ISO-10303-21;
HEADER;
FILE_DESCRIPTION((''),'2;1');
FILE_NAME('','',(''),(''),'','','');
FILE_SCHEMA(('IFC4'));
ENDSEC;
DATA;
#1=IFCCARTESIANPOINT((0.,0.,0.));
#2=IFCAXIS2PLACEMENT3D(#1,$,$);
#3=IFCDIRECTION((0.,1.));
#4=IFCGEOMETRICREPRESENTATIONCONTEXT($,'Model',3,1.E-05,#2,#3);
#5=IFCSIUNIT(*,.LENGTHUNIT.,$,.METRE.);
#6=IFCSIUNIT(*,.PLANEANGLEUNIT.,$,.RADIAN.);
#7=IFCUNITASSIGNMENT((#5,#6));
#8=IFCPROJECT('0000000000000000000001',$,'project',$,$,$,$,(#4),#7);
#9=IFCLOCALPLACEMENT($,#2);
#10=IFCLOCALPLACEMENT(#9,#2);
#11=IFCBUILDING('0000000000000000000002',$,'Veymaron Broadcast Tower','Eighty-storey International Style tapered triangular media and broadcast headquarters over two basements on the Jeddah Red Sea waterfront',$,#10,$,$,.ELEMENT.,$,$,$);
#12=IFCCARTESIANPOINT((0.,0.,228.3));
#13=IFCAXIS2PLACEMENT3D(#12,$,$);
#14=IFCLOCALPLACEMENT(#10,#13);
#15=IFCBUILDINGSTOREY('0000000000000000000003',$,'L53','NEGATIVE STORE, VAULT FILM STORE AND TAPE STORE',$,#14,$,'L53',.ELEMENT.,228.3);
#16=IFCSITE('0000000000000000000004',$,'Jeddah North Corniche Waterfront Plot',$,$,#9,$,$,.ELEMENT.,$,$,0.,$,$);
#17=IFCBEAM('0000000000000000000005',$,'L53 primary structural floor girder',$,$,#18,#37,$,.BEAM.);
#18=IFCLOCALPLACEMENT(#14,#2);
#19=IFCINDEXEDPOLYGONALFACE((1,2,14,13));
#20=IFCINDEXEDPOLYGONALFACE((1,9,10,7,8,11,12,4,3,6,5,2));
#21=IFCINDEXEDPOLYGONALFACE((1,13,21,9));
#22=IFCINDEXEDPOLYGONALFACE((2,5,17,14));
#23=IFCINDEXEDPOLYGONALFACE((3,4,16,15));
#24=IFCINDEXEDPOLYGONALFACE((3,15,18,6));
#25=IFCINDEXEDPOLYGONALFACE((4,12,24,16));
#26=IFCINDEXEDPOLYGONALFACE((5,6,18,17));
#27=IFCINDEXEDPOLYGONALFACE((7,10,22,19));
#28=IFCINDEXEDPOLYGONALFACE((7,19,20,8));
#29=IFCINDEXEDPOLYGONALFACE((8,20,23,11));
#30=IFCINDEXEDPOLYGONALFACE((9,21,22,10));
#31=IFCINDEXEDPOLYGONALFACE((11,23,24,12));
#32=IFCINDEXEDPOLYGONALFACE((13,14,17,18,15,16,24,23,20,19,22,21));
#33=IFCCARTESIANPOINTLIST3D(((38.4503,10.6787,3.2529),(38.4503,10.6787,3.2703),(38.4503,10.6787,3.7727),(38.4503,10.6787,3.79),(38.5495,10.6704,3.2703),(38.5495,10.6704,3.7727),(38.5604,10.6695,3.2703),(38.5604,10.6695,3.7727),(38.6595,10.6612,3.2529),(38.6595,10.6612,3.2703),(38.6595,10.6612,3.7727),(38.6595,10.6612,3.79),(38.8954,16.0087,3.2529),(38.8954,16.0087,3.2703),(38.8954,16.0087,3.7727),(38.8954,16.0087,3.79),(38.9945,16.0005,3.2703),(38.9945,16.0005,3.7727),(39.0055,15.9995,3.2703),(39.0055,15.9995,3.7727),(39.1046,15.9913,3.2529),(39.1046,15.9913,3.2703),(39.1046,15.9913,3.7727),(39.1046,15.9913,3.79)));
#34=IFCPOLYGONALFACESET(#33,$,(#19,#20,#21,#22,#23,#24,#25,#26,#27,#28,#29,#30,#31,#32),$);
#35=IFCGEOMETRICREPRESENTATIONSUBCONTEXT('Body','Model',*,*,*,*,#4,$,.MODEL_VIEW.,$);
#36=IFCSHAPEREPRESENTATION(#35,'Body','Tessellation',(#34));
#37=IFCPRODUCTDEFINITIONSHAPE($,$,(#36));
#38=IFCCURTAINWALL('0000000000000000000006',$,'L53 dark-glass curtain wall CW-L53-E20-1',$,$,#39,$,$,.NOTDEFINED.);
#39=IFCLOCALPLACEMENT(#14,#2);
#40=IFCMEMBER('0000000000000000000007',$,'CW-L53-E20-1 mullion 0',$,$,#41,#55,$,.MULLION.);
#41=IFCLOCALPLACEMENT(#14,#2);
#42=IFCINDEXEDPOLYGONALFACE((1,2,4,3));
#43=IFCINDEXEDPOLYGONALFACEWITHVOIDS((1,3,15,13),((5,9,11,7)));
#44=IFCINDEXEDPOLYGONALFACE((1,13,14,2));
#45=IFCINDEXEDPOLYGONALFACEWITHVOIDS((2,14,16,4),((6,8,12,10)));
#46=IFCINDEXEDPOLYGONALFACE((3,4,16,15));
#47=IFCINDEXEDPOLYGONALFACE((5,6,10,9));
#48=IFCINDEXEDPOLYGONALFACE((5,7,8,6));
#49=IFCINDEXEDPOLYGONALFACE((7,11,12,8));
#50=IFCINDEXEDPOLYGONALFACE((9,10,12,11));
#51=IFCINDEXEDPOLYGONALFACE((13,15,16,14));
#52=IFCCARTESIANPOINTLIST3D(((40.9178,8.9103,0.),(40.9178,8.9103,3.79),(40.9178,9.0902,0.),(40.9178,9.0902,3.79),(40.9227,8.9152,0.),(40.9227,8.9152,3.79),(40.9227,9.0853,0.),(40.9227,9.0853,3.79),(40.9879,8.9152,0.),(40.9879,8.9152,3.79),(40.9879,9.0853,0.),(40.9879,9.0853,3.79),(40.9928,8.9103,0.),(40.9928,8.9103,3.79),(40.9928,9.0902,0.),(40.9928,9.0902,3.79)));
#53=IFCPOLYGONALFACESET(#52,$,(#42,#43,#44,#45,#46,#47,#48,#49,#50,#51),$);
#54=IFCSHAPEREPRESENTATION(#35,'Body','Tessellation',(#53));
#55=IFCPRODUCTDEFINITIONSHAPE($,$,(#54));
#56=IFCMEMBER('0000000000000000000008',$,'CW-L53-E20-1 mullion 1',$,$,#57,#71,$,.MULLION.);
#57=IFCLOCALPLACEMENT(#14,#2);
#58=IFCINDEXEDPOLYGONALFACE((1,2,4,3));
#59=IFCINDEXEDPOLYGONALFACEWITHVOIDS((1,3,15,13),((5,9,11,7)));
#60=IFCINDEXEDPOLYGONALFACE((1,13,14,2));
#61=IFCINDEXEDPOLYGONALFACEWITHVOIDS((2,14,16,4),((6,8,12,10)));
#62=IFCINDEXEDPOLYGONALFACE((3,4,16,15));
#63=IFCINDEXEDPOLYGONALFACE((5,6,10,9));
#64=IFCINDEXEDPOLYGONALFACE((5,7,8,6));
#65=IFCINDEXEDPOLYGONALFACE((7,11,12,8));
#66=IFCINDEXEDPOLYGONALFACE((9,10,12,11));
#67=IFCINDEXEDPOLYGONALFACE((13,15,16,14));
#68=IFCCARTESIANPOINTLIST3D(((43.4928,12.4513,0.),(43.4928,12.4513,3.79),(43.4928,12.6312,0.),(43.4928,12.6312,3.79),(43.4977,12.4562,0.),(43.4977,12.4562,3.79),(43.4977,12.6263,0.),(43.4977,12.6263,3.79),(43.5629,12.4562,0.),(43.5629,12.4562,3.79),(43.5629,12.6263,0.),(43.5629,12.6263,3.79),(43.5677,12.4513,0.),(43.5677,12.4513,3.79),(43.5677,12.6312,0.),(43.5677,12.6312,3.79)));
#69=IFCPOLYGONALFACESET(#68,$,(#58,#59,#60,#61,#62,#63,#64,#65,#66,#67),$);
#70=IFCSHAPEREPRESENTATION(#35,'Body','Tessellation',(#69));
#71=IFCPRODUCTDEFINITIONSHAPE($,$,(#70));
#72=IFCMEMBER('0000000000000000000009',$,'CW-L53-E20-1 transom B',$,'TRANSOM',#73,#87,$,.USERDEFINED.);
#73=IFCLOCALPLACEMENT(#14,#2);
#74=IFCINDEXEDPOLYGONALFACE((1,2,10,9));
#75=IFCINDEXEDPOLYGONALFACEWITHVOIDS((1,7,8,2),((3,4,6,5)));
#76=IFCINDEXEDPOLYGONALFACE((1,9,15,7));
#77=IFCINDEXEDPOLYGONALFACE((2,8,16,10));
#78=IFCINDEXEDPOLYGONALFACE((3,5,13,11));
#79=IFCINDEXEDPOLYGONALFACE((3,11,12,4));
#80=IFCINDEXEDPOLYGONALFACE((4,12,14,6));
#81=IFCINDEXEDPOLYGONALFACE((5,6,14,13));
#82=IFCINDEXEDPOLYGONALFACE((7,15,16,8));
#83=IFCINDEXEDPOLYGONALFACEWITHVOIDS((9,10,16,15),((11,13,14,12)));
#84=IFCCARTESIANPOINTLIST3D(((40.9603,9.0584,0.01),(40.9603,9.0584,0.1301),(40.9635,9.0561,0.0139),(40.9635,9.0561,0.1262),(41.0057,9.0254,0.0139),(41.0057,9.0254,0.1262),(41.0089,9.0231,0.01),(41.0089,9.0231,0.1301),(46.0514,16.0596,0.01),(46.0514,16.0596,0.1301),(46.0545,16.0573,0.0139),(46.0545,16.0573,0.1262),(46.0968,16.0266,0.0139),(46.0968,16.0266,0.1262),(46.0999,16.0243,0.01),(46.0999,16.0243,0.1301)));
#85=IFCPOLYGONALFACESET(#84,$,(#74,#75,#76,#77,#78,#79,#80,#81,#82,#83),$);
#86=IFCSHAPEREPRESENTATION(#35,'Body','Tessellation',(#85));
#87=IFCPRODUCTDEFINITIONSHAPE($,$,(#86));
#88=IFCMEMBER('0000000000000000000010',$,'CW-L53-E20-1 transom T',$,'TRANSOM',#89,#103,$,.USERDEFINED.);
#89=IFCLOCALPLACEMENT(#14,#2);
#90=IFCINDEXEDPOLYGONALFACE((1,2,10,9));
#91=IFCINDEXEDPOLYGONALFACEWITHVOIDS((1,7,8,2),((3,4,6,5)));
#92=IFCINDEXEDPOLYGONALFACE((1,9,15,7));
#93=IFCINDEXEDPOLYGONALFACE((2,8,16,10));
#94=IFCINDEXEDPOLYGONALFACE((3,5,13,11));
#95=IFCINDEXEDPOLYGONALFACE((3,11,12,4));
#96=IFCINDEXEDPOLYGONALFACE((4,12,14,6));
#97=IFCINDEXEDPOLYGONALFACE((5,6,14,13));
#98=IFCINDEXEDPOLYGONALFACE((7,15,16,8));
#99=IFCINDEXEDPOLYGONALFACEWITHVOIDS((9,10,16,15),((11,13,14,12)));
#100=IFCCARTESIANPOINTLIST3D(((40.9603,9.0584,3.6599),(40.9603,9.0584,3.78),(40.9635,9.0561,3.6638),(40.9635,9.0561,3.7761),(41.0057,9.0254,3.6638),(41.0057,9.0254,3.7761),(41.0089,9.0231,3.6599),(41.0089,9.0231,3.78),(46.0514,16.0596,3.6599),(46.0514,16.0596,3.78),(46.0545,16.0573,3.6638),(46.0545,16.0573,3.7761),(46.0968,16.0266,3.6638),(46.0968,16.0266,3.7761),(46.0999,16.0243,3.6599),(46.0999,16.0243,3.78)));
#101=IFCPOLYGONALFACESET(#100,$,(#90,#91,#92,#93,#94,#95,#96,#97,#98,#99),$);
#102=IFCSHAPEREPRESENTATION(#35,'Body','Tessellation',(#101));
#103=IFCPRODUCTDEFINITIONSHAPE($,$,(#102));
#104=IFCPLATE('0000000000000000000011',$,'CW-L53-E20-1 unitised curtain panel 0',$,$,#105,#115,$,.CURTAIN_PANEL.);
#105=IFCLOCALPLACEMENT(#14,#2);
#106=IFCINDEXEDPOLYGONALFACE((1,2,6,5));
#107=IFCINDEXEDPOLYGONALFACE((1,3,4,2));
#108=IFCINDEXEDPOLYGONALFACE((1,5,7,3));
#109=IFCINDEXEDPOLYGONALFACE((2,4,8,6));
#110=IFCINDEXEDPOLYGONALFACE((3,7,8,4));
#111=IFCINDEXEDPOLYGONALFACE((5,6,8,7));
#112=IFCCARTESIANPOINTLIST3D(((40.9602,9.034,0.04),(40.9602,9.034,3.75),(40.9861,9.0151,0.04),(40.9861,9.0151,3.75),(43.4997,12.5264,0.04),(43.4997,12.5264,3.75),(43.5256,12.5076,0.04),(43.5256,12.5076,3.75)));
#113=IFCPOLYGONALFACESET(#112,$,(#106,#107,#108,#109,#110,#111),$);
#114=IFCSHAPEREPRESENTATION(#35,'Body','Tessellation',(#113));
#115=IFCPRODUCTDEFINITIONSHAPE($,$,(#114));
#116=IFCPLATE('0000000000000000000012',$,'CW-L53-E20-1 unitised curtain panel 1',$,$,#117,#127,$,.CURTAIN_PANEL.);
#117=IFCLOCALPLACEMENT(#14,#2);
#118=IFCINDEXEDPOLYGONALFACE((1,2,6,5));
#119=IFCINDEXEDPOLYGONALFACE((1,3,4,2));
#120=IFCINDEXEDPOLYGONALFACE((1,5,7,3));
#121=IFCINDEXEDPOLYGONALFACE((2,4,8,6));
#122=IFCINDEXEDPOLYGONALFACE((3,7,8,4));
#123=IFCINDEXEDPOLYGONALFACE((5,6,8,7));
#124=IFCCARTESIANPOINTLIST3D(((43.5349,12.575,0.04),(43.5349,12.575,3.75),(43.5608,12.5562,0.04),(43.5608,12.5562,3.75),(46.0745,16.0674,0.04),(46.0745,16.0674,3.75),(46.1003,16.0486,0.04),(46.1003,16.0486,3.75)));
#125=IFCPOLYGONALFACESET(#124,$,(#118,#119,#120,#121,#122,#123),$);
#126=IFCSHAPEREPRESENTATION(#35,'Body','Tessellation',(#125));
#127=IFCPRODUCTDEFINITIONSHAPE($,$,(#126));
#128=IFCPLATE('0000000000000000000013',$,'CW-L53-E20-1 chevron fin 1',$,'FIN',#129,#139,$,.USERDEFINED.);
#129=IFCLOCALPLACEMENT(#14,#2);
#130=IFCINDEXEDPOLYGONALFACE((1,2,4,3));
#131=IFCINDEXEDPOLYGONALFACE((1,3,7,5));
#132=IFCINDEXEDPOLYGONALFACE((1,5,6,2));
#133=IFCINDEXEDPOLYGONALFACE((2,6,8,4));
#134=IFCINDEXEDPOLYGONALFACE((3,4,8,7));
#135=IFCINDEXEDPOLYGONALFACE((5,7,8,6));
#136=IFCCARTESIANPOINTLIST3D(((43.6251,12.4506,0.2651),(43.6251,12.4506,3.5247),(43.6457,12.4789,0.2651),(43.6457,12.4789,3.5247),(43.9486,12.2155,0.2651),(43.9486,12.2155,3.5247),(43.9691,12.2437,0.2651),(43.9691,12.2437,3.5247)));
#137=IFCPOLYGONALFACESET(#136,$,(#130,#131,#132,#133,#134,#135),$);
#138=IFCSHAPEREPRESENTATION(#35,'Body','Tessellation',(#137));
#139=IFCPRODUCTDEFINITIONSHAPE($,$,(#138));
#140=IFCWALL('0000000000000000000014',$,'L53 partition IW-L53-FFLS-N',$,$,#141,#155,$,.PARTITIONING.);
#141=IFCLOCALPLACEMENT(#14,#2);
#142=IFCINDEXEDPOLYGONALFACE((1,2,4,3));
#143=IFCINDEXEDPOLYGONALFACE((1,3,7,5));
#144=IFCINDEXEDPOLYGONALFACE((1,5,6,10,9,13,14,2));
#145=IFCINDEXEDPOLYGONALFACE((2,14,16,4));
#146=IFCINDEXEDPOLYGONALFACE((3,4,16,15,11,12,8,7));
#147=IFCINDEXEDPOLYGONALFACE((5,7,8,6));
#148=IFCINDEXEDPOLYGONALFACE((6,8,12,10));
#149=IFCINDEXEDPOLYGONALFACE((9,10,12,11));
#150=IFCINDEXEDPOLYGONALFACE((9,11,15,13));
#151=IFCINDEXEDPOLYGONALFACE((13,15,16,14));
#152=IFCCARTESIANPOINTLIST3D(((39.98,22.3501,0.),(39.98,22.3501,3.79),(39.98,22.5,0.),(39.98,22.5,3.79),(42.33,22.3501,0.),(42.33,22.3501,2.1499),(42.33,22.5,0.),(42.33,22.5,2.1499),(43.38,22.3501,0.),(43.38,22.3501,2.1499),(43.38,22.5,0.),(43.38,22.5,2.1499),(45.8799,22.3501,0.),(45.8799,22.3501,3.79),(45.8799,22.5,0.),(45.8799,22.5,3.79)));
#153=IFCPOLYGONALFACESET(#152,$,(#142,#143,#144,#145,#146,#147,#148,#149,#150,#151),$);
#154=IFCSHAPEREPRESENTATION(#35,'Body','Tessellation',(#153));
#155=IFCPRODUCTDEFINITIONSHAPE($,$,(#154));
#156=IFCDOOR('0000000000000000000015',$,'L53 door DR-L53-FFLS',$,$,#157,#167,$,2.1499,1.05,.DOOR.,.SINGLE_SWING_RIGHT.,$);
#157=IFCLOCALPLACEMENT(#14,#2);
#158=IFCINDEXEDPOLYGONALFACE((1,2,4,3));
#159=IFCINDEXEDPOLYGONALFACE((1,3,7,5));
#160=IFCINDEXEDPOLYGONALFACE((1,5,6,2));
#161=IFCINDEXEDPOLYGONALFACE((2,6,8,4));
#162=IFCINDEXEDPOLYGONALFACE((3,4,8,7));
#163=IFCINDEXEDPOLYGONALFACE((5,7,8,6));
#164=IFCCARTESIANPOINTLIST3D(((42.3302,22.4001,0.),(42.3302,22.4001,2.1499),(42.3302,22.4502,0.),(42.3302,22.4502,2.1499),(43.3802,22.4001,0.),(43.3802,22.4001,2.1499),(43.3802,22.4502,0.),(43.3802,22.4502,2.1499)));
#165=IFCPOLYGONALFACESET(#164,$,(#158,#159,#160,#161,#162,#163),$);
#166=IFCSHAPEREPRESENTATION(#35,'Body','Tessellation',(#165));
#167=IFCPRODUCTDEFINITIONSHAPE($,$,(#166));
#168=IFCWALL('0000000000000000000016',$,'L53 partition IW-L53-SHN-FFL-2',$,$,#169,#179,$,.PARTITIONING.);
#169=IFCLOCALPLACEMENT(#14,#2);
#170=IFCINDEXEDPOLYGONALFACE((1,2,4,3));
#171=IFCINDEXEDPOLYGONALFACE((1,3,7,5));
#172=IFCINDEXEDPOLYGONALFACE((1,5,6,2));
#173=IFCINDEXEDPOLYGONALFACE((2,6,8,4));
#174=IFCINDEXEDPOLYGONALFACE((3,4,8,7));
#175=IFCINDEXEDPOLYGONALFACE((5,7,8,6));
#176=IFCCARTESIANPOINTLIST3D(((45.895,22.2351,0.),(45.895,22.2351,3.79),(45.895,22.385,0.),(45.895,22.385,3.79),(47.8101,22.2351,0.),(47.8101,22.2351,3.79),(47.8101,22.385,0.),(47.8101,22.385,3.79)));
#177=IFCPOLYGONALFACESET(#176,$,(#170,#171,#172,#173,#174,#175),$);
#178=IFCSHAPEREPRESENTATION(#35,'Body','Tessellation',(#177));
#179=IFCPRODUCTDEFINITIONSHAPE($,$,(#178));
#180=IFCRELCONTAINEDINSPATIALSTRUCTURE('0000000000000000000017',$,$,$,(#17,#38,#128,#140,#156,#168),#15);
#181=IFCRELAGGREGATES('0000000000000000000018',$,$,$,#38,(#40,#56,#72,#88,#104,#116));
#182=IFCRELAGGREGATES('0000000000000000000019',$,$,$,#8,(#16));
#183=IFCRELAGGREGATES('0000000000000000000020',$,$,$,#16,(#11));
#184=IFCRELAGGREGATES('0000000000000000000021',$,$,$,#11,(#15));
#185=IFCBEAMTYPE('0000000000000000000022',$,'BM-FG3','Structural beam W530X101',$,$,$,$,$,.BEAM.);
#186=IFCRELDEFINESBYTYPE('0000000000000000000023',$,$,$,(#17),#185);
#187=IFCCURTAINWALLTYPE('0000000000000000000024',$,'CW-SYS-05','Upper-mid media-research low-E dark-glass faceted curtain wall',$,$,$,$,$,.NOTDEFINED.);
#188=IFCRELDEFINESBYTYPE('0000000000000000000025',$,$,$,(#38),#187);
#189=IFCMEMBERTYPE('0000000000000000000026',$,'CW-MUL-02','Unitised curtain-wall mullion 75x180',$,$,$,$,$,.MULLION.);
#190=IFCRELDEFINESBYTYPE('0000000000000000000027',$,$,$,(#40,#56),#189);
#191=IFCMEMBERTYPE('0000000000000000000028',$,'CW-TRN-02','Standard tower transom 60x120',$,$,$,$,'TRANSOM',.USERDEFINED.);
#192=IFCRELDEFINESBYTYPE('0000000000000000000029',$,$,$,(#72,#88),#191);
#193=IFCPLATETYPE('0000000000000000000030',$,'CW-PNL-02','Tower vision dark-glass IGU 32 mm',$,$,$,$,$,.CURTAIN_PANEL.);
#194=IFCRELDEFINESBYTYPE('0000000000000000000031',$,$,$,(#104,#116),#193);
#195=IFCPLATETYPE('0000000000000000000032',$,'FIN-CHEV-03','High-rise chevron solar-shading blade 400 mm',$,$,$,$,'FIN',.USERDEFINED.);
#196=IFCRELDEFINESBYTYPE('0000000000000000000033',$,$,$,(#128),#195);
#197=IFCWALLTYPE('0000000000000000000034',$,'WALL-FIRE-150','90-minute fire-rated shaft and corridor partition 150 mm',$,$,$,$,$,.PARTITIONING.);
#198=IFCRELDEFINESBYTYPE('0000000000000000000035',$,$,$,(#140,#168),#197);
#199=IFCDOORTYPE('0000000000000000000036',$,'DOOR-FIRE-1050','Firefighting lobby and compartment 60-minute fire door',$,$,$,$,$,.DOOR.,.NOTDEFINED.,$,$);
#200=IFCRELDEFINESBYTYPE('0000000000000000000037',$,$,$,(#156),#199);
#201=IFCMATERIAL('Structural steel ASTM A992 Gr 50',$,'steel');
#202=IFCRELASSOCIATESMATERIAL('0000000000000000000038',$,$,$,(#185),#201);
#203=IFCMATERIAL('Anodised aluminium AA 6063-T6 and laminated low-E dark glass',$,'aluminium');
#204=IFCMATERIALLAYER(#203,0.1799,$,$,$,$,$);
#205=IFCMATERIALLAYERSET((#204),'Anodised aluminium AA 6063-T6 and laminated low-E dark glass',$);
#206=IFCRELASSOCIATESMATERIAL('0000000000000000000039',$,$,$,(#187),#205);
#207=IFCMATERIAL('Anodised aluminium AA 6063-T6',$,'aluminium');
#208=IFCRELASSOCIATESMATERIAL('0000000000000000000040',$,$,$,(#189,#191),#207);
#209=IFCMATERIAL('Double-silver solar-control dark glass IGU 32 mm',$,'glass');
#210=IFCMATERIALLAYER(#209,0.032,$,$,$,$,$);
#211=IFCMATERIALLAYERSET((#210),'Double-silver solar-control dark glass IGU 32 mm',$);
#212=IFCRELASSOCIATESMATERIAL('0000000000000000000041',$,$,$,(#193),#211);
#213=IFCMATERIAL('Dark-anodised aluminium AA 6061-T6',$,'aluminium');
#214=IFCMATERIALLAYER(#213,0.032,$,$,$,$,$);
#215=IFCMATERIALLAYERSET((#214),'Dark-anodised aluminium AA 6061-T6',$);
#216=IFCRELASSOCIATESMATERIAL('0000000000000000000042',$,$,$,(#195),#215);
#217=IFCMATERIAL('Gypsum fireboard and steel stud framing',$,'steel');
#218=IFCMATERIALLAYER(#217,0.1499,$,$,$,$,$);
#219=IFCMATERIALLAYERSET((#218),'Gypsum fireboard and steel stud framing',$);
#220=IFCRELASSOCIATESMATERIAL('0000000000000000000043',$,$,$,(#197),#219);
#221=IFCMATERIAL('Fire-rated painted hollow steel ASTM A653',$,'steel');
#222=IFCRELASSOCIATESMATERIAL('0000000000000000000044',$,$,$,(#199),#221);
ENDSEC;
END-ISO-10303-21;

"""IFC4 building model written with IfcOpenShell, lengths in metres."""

from ifc_helpers import new_model, si_unit, direction, frame, frame_2d, origin, origin_2d, place, context, subcontext, project, spatial, rectangle, hollow_rectangle, i_section, extrude, material, layer, layer_set, material_profile, profile_set, type_object, element, fill, aggregate, save


model = new_model("IFC4")

# Units and contexts
model_context = context("Model", 3, precision=1e-05, world=origin(), true_north=direction((0.0, 1.0)))
body_context = subcontext(model_context, "Body", "Model", "MODEL_VIEW")
ifc_project = project(units=[si_unit("LENGTHUNIT", "METRE"), si_unit("PLANEANGLEUNIT", "RADIAN")], contexts=[model_context])

# Site, building, storey
site_placement = place(None, origin())
site = spatial("IfcSite", under=ifc_project, at=site_placement, Name="Jeddah North Corniche Waterfront Plot", CompositionType="ELEMENT", RefElevation=0.0)
building_placement = place(site_placement, origin())
building = spatial("IfcBuilding", under=site, at=building_placement, Name="Veymaron Broadcast Tower", Description="Eighty-storey International Style tapered triangular media and broadcast headquarters over two basements on the Jeddah Red Sea waterfront", CompositionType="ELEMENT")
storey_placement = place(building_placement, frame((0.0, 0.0, 228.3)))
storey = spatial("IfcBuildingStorey", under=building, at=storey_placement, Name="L53", Description="NEGATIVE STORE, VAULT FILM STORE AND TAPE STORE", LongName="L53", CompositionType="ELEMENT", Elevation=228.3)

# Beam
ifc_material_1 = material(Name="Structural steel ASTM A992 Gr 50", Category="steel")
ifc_material_profile_1 = material_profile(ifc_material_1, i_section(OverallWidth=0.21, OverallDepth=0.5371, WebThickness=0.011, FlangeThickness=0.0173, at=origin_2d()), Name="W530X101")
ifc_profile_set_1 = profile_set([ifc_material_profile_1], Name="Structural steel ASTM A992 Gr 50")
beam_type = type_object("IfcBeamType", Name="BM-FG3", Description="Structural beam W530X101", PredefinedType="BEAM", material=ifc_profile_set_1)
beam_placement = place(storey_placement, frame((39.0, 16.0, 3.5215), z_axis=(-0.083212, -0.996532, 0.0), x_axis=(0.996532, -0.083212, 0.0)))
element("IfcBeam", 1, at=beam_placement, inside=storey, type_object=beam_type, Name="L53 primary structural floor girder", PredefinedType="BEAM", context=body_context, shape_type="SweptSolid", body=[
    extrude(i_section(OverallWidth=0.21, OverallDepth=0.5371, WebThickness=0.011, FlangeThickness=0.0173, at=origin_2d()), origin(), (0.0, 0.0, 1.0), 5.3486),
])

# Curtain wall, members, plates
ifc_material_2 = material(Name="Anodised aluminium AA 6063-T6 and laminated low-E dark glass", Category="aluminium")
ifc_layer_1 = layer(ifc_material_2, 0.1799)
ifc_layer_set_1 = layer_set([ifc_layer_1], Name="Anodised aluminium AA 6063-T6 and laminated low-E dark glass")
curtain_wall_type = type_object("IfcCurtainWallType", Name="CW-SYS-05", Description="Upper-mid media-research low-E dark-glass faceted curtain wall", PredefinedType="NOTDEFINED", material=ifc_layer_set_1)
curtain_wall_placement = place(storey_placement, origin())
curtain_wall = element("IfcCurtainWall", 2, at=curtain_wall_placement, inside=storey, type_object=curtain_wall_type, Name="L53 dark-glass curtain wall CW-L53-E20-1", PredefinedType="NOTDEFINED")
ifc_material_3 = material(Name="Anodised aluminium AA 6063-T6", Category="aluminium")
ifc_material_profile_2 = material_profile(ifc_material_3, hollow_rectangle(XDim=0.075, YDim=0.1799, WallThickness=0.0049, at=origin_2d()), Name="AL180X75X5")
ifc_profile_set_2 = profile_set([ifc_material_profile_2], Name="Anodised aluminium AA 6063-T6")
member_type_1 = type_object("IfcMemberType", Name="CW-MUL-02", Description="Unitised curtain-wall mullion 75x180", PredefinedType="MULLION", material=ifc_profile_set_2)
member_1_placement = place(storey_placement, frame((40.9553, 9.0002, 0.0), z_axis=(0.0, 0.0, 1.0), x_axis=(1.0, 0.0, 0.0)))
member_1 = element("IfcMember", 3, at=member_1_placement, type_object=member_type_1, Name="CW-L53-E20-1 mullion 0", PredefinedType="MULLION", context=body_context, shape_type="SweptSolid", body=[
    extrude(hollow_rectangle(XDim=0.075, YDim=0.1799, WallThickness=0.0049, at=origin_2d()), origin(), (0.0, 0.0, 1.0), 3.79),
])
member_2_placement = place(storey_placement, frame((43.5303, 12.5413, 0.0), z_axis=(0.0, 0.0, 1.0), x_axis=(1.0, 0.0, 0.0)))
member_2 = element("IfcMember", 4, at=member_2_placement, type_object=member_type_1, Name="CW-L53-E20-1 mullion 1", PredefinedType="MULLION", context=body_context, shape_type="SweptSolid", body=[
    extrude(hollow_rectangle(XDim=0.075, YDim=0.1799, WallThickness=0.0049, at=origin_2d()), origin(), (0.0, 0.0, 1.0), 3.79),
])
ifc_material_profile_3 = material_profile(ifc_material_3, hollow_rectangle(XDim=0.0601, YDim=0.1201, WallThickness=0.0039, at=origin_2d()), Name="AL120X60X4")
ifc_profile_set_3 = profile_set([ifc_material_profile_3], Name="Anodised aluminium AA 6063-T6")
member_type_2 = type_object("IfcMemberType", Name="CW-TRN-02", Description="Standard tower transom 60x120", ElementType="TRANSOM", PredefinedType="USERDEFINED", material=ifc_profile_set_3)
member_3_placement = place(storey_placement, frame((40.9846, 9.0408, 0.0701), z_axis=(0.588116, 0.808776, 0.0), x_axis=(-0.808776, 0.588116, 0.0)))
member_3 = element("IfcMember", 5, at=member_3_placement, type_object=member_type_2, Name="CW-L53-E20-1 transom B", ObjectType="TRANSOM", PredefinedType="USERDEFINED", context=body_context, shape_type="SweptSolid", body=[
    extrude(hollow_rectangle(XDim=0.0601, YDim=0.1201, WallThickness=0.0039, at=origin_2d()), origin(), (0.0, 0.0, 1.0), 8.6565),
])
member_4_placement = place(storey_placement, frame((40.9846, 9.0408, 3.72), z_axis=(0.588116, 0.808776, 0.0), x_axis=(-0.808776, 0.588116, 0.0)))
member_4 = element("IfcMember", 6, at=member_4_placement, type_object=member_type_2, Name="CW-L53-E20-1 transom T", ObjectType="TRANSOM", PredefinedType="USERDEFINED", context=body_context, shape_type="SweptSolid", body=[
    extrude(hollow_rectangle(XDim=0.0601, YDim=0.1201, WallThickness=0.0039, at=origin_2d()), origin(), (0.0, 0.0, 1.0), 8.6565),
])
ifc_material_4 = material(Name="Double-silver solar-control dark glass IGU 32 mm", Category="glass")
ifc_layer_2 = layer(ifc_material_4, 0.032)
ifc_layer_set_2 = layer_set([ifc_layer_2], Name="Double-silver solar-control dark glass IGU 32 mm")
plate_type_1 = type_object("IfcPlateType", Name="CW-PNL-02", Description="Tower vision dark-glass IGU 32 mm", PredefinedType="CURTAIN_PANEL", material=ifc_layer_set_2)
plate_1_placement = place(storey_placement, frame((42.2429, 10.7708, 0.04), z_axis=(0.0, 0.0, 1.0), x_axis=(0.58811, 0.808781, 0.0)))
plate_1 = element("IfcPlate", 7, at=plate_1_placement, type_object=plate_type_1, Name="CW-L53-E20-1 unitised curtain panel 0", PredefinedType="CURTAIN_PANEL", context=body_context, shape_type="SweptSolid", body=[
    extrude(rectangle(XDim=4.3181, YDim=0.032, at=origin_2d()), origin(), (0.0, 0.0, 1.0), 3.71),
])
plate_2_placement = place(storey_placement, frame((44.8176, 14.3118, 0.04), z_axis=(0.0, 0.0, 1.0), x_axis=(0.58811, 0.808781, 0.0)))
plate_2 = element("IfcPlate", 8, at=plate_2_placement, type_object=plate_type_1, Name="CW-L53-E20-1 unitised curtain panel 1", PredefinedType="CURTAIN_PANEL", context=body_context, shape_type="SweptSolid", body=[
    extrude(rectangle(XDim=4.3181, YDim=0.032, at=origin_2d()), origin(), (0.0, 0.0, 1.0), 3.71),
])
aggregate(curtain_wall, [member_1, member_2, member_3, member_4, plate_1, plate_2])

# Plate
ifc_material_5 = material(Name="Dark-anodised aluminium AA 6061-T6", Category="aluminium")
ifc_layer_3 = layer(ifc_material_5, 0.032)
ifc_layer_set_3 = layer_set([ifc_layer_3], Name="Dark-anodised aluminium AA 6061-T6")
plate_type_2 = type_object("IfcPlateType", Name="FIN-CHEV-03", Description="High-rise chevron solar-shading blade 400 mm", ElementType="FIN", PredefinedType="USERDEFINED", material=ifc_layer_set_3)
plate_3_placement = place(storey_placement, frame((43.7971, 12.3472, 0.2651), z_axis=(0.0, 0.0, 1.0), x_axis=(0.808781, -0.58811, 0.0)))
element("IfcPlate", 9, at=plate_3_placement, inside=storey, type_object=plate_type_2, Name="CW-L53-E20-1 chevron fin 1", ObjectType="FIN", PredefinedType="USERDEFINED", context=body_context, shape_type="SweptSolid", body=[
    extrude(rectangle(XDim=0.3999, YDim=0.0349, at=origin_2d()), origin(), (0.0, 0.0, 1.0), 3.2595),
])

# Wall, opening, door
ifc_material_6 = material(Name="Gypsum fireboard and steel stud framing", Category="steel")
ifc_layer_4 = layer(ifc_material_6, 0.1499)
ifc_layer_set_4 = layer_set([ifc_layer_4], Name="Gypsum fireboard and steel stud framing")
wall_type_1 = type_object("IfcWallType", Name="WALL-FIRE-150", Description="90-minute fire-rated shaft and corridor partition 150 mm", PredefinedType="PARTITIONING", material=ifc_layer_set_4)
wall_1_placement = place(storey_placement, frame((39.98, 22.425, 0.0), z_axis=(0.0, 0.0, 1.0), x_axis=(1.0, 0.0, 0.0)))
wall_1 = element("IfcWall", 10, at=wall_1_placement, inside=storey, type_object=wall_type_1, Name="L53 partition IW-L53-FFLS-N", PredefinedType="PARTITIONING", context=body_context, shape_type="SweptSolid", body=[
    extrude(rectangle(XDim=5.8999, YDim=0.1499, at=frame_2d((2.95, 0.0))), origin(), (0.0, 0.0, 1.0), 3.79),
])
opening_1_placement = place(wall_1_placement, frame((2.3501, 0.0, 0.0)))
opening_1 = element("IfcOpeningElement", 11, at=opening_1_placement, cuts=wall_1, PredefinedType="OPENING", context=body_context, shape_type="SweptSolid", body=[
    extrude(rectangle(XDim=1.05, YDim=2.1499, at=frame_2d((0.5249, 1.075))), frame((0.0, 0.085, 0.0), z_axis=(0.0, -1.0, 0.0), x_axis=(1.0, 0.0, 0.0)), (0.0, 0.0, 1.0), 0.1699),
])
ifc_material_7 = material(Name="Fire-rated painted hollow steel ASTM A653", Category="steel")
door_type_1 = type_object("IfcDoorType", Name="DOOR-FIRE-1050", Description="Firefighting lobby and compartment 60-minute fire door", OperationType="NOTDEFINED", PredefinedType="DOOR", material=ifc_material_7)
door_1_placement = place(opening_1_placement, frame((1.05, 0.0, 0.0), z_axis=(0.0, 0.0, 1.0), x_axis=(-1.0, 0.0, 0.0)))
door_1 = element("IfcDoor", 12, at=door_1_placement, inside=storey, type_object=door_type_1, Name="L53 door DR-L53-FFLS", OperationType="SINGLE_SWING_RIGHT", OverallHeight=2.1499, OverallWidth=1.05, PredefinedType="DOOR", context=body_context, shape_type="SweptSolid", body=[
    extrude(rectangle(XDim=1.05, YDim=2.1499, at=frame_2d((0.5249, 1.075))), frame((0.0, 0.0249, 0.0), z_axis=(0.0, -1.0, 0.0), x_axis=(1.0, 0.0, 0.0)), (0.0, 0.0, 1.0), 0.05),
])
fill(opening_1, door_1)

# Wall
wall_2_placement = place(storey_placement, frame((45.895, 22.3101, 0.0), z_axis=(0.0, 0.0, 1.0), x_axis=(1.0, 0.0, 0.0)))
element("IfcWall", 13, at=wall_2_placement, inside=storey, type_object=wall_type_1, Name="L53 partition IW-L53-SHN-FFL-2", PredefinedType="PARTITIONING", context=body_context, shape_type="SweptSolid", body=[
    extrude(rectangle(XDim=1.915, YDim=0.1499, at=frame_2d((0.9575, 0.0))), origin(), (0.0, 0.0, 1.0), 3.79),
])

save(model, "model.ifc")
